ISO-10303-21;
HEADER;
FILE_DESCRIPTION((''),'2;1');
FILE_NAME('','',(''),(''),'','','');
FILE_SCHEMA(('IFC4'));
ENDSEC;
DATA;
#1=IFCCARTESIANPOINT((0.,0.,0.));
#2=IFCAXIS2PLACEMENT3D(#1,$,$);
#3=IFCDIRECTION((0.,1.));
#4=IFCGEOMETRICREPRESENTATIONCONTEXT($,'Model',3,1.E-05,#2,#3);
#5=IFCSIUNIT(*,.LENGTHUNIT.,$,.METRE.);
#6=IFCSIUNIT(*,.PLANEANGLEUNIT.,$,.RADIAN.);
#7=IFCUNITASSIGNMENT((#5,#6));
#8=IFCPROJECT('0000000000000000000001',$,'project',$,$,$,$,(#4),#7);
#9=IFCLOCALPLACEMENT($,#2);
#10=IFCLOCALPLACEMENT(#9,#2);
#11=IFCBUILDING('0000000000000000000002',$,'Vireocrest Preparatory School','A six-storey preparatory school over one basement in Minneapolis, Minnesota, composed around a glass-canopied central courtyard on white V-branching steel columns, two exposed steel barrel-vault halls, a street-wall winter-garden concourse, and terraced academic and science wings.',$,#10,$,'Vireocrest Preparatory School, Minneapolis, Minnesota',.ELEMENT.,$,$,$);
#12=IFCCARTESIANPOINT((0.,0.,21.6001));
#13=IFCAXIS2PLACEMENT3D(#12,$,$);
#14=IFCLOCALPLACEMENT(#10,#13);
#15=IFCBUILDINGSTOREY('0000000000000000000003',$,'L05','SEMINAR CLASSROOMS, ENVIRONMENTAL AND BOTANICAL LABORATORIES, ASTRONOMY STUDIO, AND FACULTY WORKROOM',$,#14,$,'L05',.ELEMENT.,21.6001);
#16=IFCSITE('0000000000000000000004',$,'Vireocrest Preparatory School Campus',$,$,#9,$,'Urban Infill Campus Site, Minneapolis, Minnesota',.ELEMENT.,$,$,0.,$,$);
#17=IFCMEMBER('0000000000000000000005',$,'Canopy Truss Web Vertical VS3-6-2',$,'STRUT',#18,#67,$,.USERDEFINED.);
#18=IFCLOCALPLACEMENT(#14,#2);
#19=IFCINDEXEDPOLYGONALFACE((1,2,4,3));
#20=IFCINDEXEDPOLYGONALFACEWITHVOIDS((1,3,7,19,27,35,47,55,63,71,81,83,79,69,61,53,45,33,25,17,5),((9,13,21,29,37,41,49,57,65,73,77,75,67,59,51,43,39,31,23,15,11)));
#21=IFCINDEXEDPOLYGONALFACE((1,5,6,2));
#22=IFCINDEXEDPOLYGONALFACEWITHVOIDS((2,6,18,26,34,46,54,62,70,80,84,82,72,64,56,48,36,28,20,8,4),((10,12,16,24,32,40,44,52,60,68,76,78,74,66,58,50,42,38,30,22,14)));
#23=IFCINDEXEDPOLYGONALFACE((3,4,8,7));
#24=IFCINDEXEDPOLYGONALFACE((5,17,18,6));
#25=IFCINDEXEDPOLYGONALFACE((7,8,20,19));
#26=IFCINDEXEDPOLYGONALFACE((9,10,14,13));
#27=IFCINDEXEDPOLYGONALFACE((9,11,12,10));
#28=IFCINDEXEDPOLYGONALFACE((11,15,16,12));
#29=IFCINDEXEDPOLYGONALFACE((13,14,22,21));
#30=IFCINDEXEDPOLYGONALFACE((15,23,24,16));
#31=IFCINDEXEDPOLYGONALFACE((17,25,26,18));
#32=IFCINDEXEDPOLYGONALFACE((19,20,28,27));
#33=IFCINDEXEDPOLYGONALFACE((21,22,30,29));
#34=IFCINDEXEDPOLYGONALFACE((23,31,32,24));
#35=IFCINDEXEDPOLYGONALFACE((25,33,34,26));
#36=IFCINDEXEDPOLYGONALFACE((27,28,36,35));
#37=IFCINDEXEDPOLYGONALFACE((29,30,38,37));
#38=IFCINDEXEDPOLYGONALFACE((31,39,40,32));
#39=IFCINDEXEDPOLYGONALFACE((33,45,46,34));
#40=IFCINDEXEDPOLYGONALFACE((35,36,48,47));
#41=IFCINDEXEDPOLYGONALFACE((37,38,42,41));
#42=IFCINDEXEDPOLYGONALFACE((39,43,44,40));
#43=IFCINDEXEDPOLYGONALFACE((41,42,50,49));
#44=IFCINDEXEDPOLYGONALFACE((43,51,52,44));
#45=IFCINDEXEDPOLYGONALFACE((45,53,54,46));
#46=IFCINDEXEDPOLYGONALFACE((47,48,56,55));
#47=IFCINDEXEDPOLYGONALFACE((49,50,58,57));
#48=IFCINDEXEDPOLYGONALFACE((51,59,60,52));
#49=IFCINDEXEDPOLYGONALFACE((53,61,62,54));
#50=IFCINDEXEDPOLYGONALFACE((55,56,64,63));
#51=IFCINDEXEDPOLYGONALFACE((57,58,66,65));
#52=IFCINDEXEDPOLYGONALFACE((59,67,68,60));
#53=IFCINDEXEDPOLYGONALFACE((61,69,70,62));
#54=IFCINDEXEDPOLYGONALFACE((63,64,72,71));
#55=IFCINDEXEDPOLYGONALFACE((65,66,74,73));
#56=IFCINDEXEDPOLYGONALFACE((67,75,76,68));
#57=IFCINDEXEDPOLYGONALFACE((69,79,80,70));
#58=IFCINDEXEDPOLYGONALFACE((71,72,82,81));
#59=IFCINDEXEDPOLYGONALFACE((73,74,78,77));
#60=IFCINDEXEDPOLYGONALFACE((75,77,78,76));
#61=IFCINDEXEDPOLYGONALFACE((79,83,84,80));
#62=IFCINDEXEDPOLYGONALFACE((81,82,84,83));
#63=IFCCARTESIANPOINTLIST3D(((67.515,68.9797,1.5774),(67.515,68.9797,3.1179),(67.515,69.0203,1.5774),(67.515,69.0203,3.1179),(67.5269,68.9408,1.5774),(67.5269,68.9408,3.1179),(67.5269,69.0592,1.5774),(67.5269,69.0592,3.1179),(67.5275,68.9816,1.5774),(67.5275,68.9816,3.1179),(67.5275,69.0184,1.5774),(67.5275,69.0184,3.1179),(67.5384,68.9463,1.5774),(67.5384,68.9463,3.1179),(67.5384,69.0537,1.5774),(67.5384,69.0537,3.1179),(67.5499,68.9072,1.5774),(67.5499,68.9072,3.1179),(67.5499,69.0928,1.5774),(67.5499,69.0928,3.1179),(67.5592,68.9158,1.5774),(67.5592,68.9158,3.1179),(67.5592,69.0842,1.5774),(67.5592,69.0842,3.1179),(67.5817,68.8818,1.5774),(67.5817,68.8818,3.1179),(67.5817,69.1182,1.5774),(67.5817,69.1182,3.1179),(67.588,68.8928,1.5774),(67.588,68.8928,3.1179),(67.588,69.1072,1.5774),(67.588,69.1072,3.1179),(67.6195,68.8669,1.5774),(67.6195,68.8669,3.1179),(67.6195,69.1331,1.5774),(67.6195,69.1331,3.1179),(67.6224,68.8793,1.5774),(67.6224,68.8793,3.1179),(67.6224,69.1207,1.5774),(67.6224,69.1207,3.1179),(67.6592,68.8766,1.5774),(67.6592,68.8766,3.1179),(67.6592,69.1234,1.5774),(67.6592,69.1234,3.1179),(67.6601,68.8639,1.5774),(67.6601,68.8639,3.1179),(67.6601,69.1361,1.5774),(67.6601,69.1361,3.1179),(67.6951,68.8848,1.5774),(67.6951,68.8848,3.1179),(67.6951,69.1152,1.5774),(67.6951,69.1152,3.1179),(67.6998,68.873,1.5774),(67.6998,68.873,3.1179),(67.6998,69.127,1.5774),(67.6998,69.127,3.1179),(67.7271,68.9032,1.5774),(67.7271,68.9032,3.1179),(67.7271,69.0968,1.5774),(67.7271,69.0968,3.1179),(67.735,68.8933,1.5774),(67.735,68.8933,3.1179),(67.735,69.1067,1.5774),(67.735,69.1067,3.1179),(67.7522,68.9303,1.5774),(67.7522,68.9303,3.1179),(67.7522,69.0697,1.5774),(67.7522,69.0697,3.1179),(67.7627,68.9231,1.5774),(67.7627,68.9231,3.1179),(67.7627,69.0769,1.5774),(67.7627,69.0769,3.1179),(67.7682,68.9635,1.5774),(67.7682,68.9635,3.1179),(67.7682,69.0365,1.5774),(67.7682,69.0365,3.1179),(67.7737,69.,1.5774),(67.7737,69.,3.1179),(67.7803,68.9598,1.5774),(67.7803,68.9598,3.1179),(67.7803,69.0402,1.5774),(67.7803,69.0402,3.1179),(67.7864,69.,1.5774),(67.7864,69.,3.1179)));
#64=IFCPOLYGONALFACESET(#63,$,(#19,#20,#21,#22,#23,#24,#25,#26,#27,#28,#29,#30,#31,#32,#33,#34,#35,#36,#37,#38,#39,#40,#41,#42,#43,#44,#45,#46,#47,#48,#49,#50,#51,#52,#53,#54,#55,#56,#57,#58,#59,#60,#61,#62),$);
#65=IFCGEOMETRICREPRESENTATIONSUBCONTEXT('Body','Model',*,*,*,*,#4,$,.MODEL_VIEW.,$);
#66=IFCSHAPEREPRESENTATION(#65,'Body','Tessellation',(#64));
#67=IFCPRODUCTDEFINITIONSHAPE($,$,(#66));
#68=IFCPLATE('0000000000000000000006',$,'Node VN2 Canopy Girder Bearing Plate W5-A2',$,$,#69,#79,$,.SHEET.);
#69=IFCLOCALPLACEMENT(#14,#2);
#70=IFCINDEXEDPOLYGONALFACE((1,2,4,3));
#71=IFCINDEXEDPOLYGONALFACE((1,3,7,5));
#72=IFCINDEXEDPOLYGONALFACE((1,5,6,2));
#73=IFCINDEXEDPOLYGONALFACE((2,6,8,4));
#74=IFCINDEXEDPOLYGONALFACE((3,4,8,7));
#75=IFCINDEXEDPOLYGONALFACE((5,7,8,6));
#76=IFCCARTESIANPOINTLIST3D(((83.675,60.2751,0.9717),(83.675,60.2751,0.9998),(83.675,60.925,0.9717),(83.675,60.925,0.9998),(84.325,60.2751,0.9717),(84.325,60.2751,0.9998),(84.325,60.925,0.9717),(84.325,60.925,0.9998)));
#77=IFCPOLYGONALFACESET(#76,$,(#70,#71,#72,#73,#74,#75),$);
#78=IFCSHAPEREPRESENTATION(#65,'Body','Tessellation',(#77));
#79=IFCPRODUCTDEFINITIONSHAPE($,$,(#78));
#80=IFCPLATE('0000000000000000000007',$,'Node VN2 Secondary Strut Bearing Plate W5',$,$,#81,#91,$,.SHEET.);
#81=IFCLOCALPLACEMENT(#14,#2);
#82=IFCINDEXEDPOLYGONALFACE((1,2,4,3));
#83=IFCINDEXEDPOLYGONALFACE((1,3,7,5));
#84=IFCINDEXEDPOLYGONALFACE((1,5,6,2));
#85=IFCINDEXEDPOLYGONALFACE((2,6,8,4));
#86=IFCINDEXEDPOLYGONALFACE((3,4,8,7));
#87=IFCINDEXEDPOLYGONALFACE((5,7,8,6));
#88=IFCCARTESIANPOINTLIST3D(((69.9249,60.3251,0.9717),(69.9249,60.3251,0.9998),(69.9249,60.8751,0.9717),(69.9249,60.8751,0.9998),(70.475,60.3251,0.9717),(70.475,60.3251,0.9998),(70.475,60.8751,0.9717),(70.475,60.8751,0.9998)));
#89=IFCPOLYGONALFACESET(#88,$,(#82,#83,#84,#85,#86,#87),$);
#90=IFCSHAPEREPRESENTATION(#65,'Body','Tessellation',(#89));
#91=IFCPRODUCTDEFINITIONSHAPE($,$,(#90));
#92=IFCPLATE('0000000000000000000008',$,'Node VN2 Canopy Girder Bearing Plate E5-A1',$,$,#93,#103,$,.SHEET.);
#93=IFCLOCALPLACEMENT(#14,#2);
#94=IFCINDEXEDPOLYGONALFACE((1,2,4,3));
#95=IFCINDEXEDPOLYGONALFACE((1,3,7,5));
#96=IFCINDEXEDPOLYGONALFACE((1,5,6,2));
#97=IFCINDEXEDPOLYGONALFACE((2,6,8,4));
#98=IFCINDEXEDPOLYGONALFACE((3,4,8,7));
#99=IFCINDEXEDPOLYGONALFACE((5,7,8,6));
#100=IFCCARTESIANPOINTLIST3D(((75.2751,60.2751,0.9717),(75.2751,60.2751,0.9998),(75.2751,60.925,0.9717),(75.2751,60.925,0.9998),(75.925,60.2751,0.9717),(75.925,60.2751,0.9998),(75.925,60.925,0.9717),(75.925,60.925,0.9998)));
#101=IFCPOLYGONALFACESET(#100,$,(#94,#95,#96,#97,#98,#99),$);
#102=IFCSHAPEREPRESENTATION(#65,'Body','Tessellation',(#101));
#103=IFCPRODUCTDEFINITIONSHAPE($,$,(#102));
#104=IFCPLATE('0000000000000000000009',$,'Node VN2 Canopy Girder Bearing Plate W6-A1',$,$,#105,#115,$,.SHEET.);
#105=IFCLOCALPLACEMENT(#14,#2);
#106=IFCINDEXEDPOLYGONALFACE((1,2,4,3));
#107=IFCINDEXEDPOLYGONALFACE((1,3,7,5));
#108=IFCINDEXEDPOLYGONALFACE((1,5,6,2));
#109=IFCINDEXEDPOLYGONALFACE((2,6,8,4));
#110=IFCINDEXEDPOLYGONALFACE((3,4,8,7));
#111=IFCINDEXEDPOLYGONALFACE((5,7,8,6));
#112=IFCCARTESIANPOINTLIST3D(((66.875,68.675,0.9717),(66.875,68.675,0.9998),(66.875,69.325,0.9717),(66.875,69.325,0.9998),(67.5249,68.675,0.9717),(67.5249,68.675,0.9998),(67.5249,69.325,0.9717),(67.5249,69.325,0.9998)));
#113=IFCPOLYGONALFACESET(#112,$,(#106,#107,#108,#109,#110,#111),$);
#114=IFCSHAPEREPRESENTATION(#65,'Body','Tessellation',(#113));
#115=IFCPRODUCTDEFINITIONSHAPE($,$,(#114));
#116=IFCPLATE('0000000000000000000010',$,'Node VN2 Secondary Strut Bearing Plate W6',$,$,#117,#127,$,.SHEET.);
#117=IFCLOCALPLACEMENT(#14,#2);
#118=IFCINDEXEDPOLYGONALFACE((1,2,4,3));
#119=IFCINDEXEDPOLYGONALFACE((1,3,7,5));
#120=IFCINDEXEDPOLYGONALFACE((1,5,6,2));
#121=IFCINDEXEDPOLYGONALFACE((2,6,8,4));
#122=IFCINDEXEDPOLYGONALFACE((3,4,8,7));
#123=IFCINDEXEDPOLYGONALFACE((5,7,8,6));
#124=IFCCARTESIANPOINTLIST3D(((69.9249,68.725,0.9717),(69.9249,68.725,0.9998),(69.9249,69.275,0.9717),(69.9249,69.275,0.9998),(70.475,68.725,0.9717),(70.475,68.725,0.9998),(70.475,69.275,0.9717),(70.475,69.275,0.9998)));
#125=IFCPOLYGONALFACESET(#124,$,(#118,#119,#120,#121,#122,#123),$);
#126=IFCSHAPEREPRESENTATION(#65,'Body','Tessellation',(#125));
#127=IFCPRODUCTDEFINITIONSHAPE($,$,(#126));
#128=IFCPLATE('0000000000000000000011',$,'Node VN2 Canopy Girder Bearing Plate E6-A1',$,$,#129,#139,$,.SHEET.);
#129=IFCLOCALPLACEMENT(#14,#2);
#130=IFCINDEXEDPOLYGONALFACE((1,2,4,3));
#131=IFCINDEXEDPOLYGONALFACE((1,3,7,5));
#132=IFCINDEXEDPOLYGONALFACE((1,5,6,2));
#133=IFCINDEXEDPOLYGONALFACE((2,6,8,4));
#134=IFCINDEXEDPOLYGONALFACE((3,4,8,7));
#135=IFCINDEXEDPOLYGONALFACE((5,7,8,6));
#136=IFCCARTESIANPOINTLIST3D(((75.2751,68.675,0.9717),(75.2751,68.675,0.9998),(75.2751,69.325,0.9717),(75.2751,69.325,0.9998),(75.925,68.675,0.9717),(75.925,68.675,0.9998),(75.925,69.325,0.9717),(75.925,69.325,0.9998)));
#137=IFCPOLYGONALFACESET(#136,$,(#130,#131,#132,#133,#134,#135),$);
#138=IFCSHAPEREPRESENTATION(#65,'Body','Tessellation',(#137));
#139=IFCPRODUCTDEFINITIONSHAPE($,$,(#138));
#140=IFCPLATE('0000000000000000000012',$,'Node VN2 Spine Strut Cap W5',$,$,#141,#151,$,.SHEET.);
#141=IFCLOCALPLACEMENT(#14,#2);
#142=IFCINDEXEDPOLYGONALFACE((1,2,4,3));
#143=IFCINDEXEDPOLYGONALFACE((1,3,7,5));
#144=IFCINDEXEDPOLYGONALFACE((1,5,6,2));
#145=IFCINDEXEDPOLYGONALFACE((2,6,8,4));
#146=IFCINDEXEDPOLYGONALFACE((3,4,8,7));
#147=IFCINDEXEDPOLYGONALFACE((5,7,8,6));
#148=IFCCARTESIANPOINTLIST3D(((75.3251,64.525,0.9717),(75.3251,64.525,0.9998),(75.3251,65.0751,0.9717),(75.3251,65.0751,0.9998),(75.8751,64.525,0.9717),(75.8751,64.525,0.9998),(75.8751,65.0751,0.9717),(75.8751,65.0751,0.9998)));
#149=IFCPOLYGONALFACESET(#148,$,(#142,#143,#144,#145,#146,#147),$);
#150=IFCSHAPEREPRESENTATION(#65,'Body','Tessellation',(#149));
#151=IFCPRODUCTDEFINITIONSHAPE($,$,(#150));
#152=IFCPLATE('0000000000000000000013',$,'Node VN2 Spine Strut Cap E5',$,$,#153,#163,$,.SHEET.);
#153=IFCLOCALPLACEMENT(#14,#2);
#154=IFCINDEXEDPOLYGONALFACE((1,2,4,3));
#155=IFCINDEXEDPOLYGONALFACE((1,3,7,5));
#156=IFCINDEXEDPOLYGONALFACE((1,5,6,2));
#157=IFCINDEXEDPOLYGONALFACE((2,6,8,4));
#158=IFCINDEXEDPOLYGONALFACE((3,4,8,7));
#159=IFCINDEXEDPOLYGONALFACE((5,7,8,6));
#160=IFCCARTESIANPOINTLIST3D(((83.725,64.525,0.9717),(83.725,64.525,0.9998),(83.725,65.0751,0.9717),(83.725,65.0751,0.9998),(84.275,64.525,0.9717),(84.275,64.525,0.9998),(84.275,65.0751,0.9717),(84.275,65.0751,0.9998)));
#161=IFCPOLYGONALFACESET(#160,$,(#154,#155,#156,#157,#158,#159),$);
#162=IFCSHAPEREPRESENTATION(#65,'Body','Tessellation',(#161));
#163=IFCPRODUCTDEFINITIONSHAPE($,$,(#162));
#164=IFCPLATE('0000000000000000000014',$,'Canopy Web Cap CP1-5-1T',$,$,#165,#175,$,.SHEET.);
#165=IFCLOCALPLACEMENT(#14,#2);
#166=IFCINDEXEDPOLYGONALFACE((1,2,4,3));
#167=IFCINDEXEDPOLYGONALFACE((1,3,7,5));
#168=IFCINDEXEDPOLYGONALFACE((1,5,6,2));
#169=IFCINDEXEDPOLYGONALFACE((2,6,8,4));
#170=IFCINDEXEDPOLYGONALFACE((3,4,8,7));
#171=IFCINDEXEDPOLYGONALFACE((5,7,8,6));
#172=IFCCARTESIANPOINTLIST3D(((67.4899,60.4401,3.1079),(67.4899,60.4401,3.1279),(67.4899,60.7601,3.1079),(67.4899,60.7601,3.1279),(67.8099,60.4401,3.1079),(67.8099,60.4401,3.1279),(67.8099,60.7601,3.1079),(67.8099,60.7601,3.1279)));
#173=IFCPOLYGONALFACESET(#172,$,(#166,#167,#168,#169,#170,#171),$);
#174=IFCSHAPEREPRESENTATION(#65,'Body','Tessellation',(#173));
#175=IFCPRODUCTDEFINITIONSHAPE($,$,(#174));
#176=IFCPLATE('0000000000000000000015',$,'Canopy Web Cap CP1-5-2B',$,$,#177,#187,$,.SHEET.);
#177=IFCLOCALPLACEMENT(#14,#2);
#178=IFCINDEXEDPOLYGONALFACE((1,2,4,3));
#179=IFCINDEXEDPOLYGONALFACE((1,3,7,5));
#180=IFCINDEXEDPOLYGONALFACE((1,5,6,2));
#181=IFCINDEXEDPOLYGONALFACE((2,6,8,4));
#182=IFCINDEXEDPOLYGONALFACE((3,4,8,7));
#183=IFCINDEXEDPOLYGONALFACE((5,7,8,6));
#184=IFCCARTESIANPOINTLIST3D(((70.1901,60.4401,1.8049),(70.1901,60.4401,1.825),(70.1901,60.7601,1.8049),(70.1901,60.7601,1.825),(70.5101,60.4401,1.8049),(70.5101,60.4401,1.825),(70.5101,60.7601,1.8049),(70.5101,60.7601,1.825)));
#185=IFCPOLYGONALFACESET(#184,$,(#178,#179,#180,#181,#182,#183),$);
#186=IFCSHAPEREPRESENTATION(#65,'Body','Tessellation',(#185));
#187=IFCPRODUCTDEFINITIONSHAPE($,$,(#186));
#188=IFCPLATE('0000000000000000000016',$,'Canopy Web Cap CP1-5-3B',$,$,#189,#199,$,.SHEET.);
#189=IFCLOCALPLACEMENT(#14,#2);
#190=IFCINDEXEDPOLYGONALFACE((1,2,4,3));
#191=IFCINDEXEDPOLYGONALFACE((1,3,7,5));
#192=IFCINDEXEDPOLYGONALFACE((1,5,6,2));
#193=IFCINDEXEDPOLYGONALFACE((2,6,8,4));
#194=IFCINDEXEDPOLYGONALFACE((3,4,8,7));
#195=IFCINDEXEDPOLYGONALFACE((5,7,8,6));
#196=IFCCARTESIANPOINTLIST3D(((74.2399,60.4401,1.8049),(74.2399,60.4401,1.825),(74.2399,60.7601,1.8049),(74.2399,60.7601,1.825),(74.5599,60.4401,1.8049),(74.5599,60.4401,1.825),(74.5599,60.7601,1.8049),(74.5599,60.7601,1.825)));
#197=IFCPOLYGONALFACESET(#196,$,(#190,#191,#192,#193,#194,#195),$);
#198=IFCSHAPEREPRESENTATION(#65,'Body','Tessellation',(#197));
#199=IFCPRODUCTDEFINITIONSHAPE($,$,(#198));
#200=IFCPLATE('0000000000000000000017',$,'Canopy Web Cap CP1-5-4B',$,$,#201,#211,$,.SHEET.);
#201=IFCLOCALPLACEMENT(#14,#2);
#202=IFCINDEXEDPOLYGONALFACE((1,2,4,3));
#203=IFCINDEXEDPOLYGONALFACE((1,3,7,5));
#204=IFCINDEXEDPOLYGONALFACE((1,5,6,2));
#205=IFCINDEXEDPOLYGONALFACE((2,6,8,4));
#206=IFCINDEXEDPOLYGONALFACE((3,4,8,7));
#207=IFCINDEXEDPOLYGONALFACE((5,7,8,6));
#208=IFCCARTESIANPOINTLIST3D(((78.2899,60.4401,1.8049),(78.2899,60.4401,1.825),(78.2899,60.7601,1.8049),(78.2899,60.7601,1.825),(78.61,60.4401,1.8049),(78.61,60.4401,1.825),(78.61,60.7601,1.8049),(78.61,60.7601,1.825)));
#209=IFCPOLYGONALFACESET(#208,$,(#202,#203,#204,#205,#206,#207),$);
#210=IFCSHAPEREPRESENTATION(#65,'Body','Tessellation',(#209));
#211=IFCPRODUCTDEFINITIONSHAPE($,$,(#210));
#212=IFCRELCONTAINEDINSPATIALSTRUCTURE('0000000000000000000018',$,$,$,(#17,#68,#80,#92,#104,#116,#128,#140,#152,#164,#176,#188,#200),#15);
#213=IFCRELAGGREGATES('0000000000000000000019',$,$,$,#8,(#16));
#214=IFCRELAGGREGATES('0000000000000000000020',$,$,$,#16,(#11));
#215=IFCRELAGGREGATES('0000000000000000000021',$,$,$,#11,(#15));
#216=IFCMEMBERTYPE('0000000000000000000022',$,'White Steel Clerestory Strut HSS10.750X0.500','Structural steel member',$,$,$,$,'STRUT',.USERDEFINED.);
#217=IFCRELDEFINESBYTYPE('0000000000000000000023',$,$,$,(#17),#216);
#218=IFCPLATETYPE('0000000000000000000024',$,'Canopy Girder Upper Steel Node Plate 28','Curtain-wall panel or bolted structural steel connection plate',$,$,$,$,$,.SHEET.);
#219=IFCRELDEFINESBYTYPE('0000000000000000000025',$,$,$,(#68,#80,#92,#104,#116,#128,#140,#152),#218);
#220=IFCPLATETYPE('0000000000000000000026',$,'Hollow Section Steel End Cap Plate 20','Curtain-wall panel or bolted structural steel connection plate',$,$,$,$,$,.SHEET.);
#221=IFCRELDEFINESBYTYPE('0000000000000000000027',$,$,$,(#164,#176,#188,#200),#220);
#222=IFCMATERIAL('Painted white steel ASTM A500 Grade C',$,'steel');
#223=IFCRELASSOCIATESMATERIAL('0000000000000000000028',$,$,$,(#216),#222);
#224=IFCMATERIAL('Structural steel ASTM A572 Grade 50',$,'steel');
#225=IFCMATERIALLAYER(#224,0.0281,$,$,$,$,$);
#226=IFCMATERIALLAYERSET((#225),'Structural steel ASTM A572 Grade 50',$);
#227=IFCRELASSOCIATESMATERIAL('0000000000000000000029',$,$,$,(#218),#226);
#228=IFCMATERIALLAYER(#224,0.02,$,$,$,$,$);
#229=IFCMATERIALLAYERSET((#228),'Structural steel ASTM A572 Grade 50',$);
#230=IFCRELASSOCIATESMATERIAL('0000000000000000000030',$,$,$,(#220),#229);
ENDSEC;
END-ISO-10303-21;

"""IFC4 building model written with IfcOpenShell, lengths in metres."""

from ifc_helpers import new_model, si_unit, direction, frame, origin, origin_2d, place, context, subcontext, project, spatial, rectangle, hollow_circle, extrude, material, layer, layer_set, material_profile, profile_set, type_object, element, save


model = new_model("IFC4")

# Units and contexts
model_context = context("Model", 3, precision=1e-05, world=origin(), true_north=direction((0.0, 1.0)))
body_context = subcontext(model_context, "Body", "Model", "MODEL_VIEW")
ifc_project = project(units=[si_unit("LENGTHUNIT", "METRE"), si_unit("PLANEANGLEUNIT", "RADIAN")], contexts=[model_context])

# Site, building, storey
site_placement = place(None, origin())
site = spatial("IfcSite", under=ifc_project, at=site_placement, Name="Vireocrest Preparatory School Campus", LongName="Urban Infill Campus Site, Minneapolis, Minnesota", CompositionType="ELEMENT", RefElevation=0.0)
building_placement = place(site_placement, origin())
building = spatial("IfcBuilding", under=site, at=building_placement, Name="Vireocrest Preparatory School", Description="A six-storey preparatory school over one basement in Minneapolis, Minnesota, composed around a glass-canopied central courtyard on white V-branching steel columns, two exposed steel barrel-vault halls, a street-wall winter-garden concourse, and terraced academic and science wings.", LongName="Vireocrest Preparatory School, Minneapolis, Minnesota", CompositionType="ELEMENT")
storey_placement = place(building_placement, frame((0.0, 0.0, 21.6001)))
storey = spatial("IfcBuildingStorey", under=building, at=storey_placement, Name="L05", Description="SEMINAR CLASSROOMS, ENVIRONMENTAL AND BOTANICAL LABORATORIES, ASTRONOMY STUDIO, AND FACULTY WORKROOM", LongName="L05", CompositionType="ELEMENT", Elevation=21.6001)

# Shared definitions
ifc_material_1 = material(Name="Painted white steel ASTM A500 Grade C", Category="steel")

# Member
ifc_material_profile_1 = material_profile(ifc_material_1, hollow_circle(Radius=0.1365, WallThickness=0.0127, at=origin_2d()), Name="HSS10.750X0.500")
ifc_profile_set_1 = profile_set([ifc_material_profile_1], Name="Painted white steel ASTM A500 Grade C")
member_type_1 = type_object("IfcMemberType", Name="White Steel Clerestory Strut HSS10.750X0.500", Description="Structural steel member", ElementType="STRUT", PredefinedType="USERDEFINED", material=ifc_profile_set_1)
for number, where, z_axis, x_axis, name in (
    (1, (67.6499, 69.0, 1.5774), (0.0, 0.0, 1.0), (1.0, 0.0, 0.0), "Canopy Truss Web Vertical VS3-6-2"),
):
    element("IfcMember", number, at=place(storey_placement, frame(where, z_axis=z_axis, x_axis=x_axis)), inside=storey, type_object=member_type_1, Name=name, ObjectType="STRUT", PredefinedType="USERDEFINED", context=body_context, shape_type="SweptSolid", body=[
        extrude(hollow_circle(Radius=0.1365, WallThickness=0.0127, at=origin_2d()), origin(), (0.0, 0.0, 1.0), 1.5405),
    ])

# Plates
ifc_material_2 = material(Name="Structural steel ASTM A572 Grade 50", Category="steel")
ifc_layer_1 = layer(ifc_material_2, 0.0281)
ifc_layer_set_1 = layer_set([ifc_layer_1], Name="Structural steel ASTM A572 Grade 50")
plate_type_1 = type_object("IfcPlateType", Name="Canopy Girder Upper Steel Node Plate 28", Description="Curtain-wall panel or bolted structural steel connection plate", PredefinedType="SHEET", material=ifc_layer_set_1)
plate_1_placement = place(storey_placement, frame((84.0, 60.6001, 0.9717), z_axis=(0.0, 0.0, 1.0), x_axis=(1.0, 0.0, 0.0)))
element("IfcPlate", 2, at=plate_1_placement, inside=storey, type_object=plate_type_1, Name="Node VN2 Canopy Girder Bearing Plate W5-A2", PredefinedType="SHEET", context=body_context, shape_type="SweptSolid", body=[
    extrude(rectangle(XDim=0.6499, YDim=0.6499, at=origin_2d()), origin(), (0.0, 0.0, 1.0), 0.0281),
])
plate_2_placement = place(storey_placement, frame((70.2, 60.6001, 0.9717), z_axis=(0.0, 0.0, 1.0), x_axis=(1.0, 0.0, 0.0)))
element("IfcPlate", 3, at=plate_2_placement, inside=storey, type_object=plate_type_1, Name="Node VN2 Secondary Strut Bearing Plate W5", PredefinedType="SHEET", context=body_context, shape_type="SweptSolid", body=[
    extrude(rectangle(XDim=0.55, YDim=0.55, at=origin_2d()), origin(), (0.0, 0.0, 1.0), 0.0281),
])
for number, where, z_axis, x_axis, name in (
    (4, (75.6001, 60.6001, 0.9717), (0.0, 0.0, 1.0), (1.0, 0.0, 0.0), "Node VN2 Canopy Girder Bearing Plate E5-A1"),
    (5, (67.2, 69.0, 0.9717), (0.0, 0.0, 1.0), (1.0, 0.0, 0.0), "Node VN2 Canopy Girder Bearing Plate W6-A1"),
):
    element("IfcPlate", number, at=place(storey_placement, frame(where, z_axis=z_axis, x_axis=x_axis)), inside=storey, type_object=plate_type_1, Name=name, PredefinedType="SHEET", context=body_context, shape_type="SweptSolid", body=[
        extrude(rectangle(XDim=0.6499, YDim=0.6499, at=origin_2d()), origin(), (0.0, 0.0, 1.0), 0.0281),
    ])
plate_3_placement = place(storey_placement, frame((70.2, 69.0, 0.9717), z_axis=(0.0, 0.0, 1.0), x_axis=(1.0, 0.0, 0.0)))
element("IfcPlate", 6, at=plate_3_placement, inside=storey, type_object=plate_type_1, Name="Node VN2 Secondary Strut Bearing Plate W6", PredefinedType="SHEET", context=body_context, shape_type="SweptSolid", body=[
    extrude(rectangle(XDim=0.55, YDim=0.55, at=origin_2d()), origin(), (0.0, 0.0, 1.0), 0.0281),
])
plate_4_placement = place(storey_placement, frame((75.6001, 69.0, 0.9717), z_axis=(0.0, 0.0, 1.0), x_axis=(1.0, 0.0, 0.0)))
element("IfcPlate", 7, at=plate_4_placement, inside=storey, type_object=plate_type_1, Name="Node VN2 Canopy Girder Bearing Plate E6-A1", PredefinedType="SHEET", context=body_context, shape_type="SweptSolid", body=[
    extrude(rectangle(XDim=0.6499, YDim=0.6499, at=origin_2d()), origin(), (0.0, 0.0, 1.0), 0.0281),
])
for number, where, z_axis, x_axis, name in (
    (8, (75.6001, 64.8, 0.9717), (0.0, 0.0, 1.0), (1.0, 0.0, 0.0), "Node VN2 Spine Strut Cap W5"),
    (9, (84.0, 64.8, 0.9717), (0.0, 0.0, 1.0), (1.0, 0.0, 0.0), "Node VN2 Spine Strut Cap E5"),
):
    element("IfcPlate", number, at=place(storey_placement, frame(where, z_axis=z_axis, x_axis=x_axis)), inside=storey, type_object=plate_type_1, Name=name, PredefinedType="SHEET", context=body_context, shape_type="SweptSolid", body=[
        extrude(rectangle(XDim=0.55, YDim=0.55, at=origin_2d()), origin(), (0.0, 0.0, 1.0), 0.0281),
    ])
ifc_layer_2 = layer(ifc_material_2, 0.02)
ifc_layer_set_2 = layer_set([ifc_layer_2], Name="Structural steel ASTM A572 Grade 50")
plate_type_2 = type_object("IfcPlateType", Name="Hollow Section Steel End Cap Plate 20", Description="Curtain-wall panel or bolted structural steel connection plate", PredefinedType="SHEET", material=ifc_layer_set_2)
for number, where, z_axis, x_axis, name in (
    (10, (67.6499, 60.6001, 3.1079), (0.0, 0.0, 1.0), (1.0, 0.0, 0.0), "Canopy Web Cap CP1-5-1T"),
    (11, (70.3501, 60.6001, 1.8049), (0.0, 0.0, 1.0), (1.0, 0.0, 0.0), "Canopy Web Cap CP1-5-2B"),
    (12, (74.3999, 60.6001, 1.8049), (0.0, 0.0, 1.0), (1.0, 0.0, 0.0), "Canopy Web Cap CP1-5-3B"),
    (13, (78.45, 60.6001, 1.8049), (0.0, 0.0, 1.0), (1.0, 0.0, 0.0), "Canopy Web Cap CP1-5-4B"),
):
    element("IfcPlate", number, at=place(storey_placement, frame(where, z_axis=z_axis, x_axis=x_axis)), inside=storey, type_object=plate_type_2, Name=name, PredefinedType="SHEET", context=body_context, shape_type="SweptSolid", body=[
        extrude(rectangle(XDim=0.3201, YDim=0.3201, at=origin_2d()), origin(), (0.0, 0.0, 1.0), 0.02),
    ])

save(model, "model.ifc")
